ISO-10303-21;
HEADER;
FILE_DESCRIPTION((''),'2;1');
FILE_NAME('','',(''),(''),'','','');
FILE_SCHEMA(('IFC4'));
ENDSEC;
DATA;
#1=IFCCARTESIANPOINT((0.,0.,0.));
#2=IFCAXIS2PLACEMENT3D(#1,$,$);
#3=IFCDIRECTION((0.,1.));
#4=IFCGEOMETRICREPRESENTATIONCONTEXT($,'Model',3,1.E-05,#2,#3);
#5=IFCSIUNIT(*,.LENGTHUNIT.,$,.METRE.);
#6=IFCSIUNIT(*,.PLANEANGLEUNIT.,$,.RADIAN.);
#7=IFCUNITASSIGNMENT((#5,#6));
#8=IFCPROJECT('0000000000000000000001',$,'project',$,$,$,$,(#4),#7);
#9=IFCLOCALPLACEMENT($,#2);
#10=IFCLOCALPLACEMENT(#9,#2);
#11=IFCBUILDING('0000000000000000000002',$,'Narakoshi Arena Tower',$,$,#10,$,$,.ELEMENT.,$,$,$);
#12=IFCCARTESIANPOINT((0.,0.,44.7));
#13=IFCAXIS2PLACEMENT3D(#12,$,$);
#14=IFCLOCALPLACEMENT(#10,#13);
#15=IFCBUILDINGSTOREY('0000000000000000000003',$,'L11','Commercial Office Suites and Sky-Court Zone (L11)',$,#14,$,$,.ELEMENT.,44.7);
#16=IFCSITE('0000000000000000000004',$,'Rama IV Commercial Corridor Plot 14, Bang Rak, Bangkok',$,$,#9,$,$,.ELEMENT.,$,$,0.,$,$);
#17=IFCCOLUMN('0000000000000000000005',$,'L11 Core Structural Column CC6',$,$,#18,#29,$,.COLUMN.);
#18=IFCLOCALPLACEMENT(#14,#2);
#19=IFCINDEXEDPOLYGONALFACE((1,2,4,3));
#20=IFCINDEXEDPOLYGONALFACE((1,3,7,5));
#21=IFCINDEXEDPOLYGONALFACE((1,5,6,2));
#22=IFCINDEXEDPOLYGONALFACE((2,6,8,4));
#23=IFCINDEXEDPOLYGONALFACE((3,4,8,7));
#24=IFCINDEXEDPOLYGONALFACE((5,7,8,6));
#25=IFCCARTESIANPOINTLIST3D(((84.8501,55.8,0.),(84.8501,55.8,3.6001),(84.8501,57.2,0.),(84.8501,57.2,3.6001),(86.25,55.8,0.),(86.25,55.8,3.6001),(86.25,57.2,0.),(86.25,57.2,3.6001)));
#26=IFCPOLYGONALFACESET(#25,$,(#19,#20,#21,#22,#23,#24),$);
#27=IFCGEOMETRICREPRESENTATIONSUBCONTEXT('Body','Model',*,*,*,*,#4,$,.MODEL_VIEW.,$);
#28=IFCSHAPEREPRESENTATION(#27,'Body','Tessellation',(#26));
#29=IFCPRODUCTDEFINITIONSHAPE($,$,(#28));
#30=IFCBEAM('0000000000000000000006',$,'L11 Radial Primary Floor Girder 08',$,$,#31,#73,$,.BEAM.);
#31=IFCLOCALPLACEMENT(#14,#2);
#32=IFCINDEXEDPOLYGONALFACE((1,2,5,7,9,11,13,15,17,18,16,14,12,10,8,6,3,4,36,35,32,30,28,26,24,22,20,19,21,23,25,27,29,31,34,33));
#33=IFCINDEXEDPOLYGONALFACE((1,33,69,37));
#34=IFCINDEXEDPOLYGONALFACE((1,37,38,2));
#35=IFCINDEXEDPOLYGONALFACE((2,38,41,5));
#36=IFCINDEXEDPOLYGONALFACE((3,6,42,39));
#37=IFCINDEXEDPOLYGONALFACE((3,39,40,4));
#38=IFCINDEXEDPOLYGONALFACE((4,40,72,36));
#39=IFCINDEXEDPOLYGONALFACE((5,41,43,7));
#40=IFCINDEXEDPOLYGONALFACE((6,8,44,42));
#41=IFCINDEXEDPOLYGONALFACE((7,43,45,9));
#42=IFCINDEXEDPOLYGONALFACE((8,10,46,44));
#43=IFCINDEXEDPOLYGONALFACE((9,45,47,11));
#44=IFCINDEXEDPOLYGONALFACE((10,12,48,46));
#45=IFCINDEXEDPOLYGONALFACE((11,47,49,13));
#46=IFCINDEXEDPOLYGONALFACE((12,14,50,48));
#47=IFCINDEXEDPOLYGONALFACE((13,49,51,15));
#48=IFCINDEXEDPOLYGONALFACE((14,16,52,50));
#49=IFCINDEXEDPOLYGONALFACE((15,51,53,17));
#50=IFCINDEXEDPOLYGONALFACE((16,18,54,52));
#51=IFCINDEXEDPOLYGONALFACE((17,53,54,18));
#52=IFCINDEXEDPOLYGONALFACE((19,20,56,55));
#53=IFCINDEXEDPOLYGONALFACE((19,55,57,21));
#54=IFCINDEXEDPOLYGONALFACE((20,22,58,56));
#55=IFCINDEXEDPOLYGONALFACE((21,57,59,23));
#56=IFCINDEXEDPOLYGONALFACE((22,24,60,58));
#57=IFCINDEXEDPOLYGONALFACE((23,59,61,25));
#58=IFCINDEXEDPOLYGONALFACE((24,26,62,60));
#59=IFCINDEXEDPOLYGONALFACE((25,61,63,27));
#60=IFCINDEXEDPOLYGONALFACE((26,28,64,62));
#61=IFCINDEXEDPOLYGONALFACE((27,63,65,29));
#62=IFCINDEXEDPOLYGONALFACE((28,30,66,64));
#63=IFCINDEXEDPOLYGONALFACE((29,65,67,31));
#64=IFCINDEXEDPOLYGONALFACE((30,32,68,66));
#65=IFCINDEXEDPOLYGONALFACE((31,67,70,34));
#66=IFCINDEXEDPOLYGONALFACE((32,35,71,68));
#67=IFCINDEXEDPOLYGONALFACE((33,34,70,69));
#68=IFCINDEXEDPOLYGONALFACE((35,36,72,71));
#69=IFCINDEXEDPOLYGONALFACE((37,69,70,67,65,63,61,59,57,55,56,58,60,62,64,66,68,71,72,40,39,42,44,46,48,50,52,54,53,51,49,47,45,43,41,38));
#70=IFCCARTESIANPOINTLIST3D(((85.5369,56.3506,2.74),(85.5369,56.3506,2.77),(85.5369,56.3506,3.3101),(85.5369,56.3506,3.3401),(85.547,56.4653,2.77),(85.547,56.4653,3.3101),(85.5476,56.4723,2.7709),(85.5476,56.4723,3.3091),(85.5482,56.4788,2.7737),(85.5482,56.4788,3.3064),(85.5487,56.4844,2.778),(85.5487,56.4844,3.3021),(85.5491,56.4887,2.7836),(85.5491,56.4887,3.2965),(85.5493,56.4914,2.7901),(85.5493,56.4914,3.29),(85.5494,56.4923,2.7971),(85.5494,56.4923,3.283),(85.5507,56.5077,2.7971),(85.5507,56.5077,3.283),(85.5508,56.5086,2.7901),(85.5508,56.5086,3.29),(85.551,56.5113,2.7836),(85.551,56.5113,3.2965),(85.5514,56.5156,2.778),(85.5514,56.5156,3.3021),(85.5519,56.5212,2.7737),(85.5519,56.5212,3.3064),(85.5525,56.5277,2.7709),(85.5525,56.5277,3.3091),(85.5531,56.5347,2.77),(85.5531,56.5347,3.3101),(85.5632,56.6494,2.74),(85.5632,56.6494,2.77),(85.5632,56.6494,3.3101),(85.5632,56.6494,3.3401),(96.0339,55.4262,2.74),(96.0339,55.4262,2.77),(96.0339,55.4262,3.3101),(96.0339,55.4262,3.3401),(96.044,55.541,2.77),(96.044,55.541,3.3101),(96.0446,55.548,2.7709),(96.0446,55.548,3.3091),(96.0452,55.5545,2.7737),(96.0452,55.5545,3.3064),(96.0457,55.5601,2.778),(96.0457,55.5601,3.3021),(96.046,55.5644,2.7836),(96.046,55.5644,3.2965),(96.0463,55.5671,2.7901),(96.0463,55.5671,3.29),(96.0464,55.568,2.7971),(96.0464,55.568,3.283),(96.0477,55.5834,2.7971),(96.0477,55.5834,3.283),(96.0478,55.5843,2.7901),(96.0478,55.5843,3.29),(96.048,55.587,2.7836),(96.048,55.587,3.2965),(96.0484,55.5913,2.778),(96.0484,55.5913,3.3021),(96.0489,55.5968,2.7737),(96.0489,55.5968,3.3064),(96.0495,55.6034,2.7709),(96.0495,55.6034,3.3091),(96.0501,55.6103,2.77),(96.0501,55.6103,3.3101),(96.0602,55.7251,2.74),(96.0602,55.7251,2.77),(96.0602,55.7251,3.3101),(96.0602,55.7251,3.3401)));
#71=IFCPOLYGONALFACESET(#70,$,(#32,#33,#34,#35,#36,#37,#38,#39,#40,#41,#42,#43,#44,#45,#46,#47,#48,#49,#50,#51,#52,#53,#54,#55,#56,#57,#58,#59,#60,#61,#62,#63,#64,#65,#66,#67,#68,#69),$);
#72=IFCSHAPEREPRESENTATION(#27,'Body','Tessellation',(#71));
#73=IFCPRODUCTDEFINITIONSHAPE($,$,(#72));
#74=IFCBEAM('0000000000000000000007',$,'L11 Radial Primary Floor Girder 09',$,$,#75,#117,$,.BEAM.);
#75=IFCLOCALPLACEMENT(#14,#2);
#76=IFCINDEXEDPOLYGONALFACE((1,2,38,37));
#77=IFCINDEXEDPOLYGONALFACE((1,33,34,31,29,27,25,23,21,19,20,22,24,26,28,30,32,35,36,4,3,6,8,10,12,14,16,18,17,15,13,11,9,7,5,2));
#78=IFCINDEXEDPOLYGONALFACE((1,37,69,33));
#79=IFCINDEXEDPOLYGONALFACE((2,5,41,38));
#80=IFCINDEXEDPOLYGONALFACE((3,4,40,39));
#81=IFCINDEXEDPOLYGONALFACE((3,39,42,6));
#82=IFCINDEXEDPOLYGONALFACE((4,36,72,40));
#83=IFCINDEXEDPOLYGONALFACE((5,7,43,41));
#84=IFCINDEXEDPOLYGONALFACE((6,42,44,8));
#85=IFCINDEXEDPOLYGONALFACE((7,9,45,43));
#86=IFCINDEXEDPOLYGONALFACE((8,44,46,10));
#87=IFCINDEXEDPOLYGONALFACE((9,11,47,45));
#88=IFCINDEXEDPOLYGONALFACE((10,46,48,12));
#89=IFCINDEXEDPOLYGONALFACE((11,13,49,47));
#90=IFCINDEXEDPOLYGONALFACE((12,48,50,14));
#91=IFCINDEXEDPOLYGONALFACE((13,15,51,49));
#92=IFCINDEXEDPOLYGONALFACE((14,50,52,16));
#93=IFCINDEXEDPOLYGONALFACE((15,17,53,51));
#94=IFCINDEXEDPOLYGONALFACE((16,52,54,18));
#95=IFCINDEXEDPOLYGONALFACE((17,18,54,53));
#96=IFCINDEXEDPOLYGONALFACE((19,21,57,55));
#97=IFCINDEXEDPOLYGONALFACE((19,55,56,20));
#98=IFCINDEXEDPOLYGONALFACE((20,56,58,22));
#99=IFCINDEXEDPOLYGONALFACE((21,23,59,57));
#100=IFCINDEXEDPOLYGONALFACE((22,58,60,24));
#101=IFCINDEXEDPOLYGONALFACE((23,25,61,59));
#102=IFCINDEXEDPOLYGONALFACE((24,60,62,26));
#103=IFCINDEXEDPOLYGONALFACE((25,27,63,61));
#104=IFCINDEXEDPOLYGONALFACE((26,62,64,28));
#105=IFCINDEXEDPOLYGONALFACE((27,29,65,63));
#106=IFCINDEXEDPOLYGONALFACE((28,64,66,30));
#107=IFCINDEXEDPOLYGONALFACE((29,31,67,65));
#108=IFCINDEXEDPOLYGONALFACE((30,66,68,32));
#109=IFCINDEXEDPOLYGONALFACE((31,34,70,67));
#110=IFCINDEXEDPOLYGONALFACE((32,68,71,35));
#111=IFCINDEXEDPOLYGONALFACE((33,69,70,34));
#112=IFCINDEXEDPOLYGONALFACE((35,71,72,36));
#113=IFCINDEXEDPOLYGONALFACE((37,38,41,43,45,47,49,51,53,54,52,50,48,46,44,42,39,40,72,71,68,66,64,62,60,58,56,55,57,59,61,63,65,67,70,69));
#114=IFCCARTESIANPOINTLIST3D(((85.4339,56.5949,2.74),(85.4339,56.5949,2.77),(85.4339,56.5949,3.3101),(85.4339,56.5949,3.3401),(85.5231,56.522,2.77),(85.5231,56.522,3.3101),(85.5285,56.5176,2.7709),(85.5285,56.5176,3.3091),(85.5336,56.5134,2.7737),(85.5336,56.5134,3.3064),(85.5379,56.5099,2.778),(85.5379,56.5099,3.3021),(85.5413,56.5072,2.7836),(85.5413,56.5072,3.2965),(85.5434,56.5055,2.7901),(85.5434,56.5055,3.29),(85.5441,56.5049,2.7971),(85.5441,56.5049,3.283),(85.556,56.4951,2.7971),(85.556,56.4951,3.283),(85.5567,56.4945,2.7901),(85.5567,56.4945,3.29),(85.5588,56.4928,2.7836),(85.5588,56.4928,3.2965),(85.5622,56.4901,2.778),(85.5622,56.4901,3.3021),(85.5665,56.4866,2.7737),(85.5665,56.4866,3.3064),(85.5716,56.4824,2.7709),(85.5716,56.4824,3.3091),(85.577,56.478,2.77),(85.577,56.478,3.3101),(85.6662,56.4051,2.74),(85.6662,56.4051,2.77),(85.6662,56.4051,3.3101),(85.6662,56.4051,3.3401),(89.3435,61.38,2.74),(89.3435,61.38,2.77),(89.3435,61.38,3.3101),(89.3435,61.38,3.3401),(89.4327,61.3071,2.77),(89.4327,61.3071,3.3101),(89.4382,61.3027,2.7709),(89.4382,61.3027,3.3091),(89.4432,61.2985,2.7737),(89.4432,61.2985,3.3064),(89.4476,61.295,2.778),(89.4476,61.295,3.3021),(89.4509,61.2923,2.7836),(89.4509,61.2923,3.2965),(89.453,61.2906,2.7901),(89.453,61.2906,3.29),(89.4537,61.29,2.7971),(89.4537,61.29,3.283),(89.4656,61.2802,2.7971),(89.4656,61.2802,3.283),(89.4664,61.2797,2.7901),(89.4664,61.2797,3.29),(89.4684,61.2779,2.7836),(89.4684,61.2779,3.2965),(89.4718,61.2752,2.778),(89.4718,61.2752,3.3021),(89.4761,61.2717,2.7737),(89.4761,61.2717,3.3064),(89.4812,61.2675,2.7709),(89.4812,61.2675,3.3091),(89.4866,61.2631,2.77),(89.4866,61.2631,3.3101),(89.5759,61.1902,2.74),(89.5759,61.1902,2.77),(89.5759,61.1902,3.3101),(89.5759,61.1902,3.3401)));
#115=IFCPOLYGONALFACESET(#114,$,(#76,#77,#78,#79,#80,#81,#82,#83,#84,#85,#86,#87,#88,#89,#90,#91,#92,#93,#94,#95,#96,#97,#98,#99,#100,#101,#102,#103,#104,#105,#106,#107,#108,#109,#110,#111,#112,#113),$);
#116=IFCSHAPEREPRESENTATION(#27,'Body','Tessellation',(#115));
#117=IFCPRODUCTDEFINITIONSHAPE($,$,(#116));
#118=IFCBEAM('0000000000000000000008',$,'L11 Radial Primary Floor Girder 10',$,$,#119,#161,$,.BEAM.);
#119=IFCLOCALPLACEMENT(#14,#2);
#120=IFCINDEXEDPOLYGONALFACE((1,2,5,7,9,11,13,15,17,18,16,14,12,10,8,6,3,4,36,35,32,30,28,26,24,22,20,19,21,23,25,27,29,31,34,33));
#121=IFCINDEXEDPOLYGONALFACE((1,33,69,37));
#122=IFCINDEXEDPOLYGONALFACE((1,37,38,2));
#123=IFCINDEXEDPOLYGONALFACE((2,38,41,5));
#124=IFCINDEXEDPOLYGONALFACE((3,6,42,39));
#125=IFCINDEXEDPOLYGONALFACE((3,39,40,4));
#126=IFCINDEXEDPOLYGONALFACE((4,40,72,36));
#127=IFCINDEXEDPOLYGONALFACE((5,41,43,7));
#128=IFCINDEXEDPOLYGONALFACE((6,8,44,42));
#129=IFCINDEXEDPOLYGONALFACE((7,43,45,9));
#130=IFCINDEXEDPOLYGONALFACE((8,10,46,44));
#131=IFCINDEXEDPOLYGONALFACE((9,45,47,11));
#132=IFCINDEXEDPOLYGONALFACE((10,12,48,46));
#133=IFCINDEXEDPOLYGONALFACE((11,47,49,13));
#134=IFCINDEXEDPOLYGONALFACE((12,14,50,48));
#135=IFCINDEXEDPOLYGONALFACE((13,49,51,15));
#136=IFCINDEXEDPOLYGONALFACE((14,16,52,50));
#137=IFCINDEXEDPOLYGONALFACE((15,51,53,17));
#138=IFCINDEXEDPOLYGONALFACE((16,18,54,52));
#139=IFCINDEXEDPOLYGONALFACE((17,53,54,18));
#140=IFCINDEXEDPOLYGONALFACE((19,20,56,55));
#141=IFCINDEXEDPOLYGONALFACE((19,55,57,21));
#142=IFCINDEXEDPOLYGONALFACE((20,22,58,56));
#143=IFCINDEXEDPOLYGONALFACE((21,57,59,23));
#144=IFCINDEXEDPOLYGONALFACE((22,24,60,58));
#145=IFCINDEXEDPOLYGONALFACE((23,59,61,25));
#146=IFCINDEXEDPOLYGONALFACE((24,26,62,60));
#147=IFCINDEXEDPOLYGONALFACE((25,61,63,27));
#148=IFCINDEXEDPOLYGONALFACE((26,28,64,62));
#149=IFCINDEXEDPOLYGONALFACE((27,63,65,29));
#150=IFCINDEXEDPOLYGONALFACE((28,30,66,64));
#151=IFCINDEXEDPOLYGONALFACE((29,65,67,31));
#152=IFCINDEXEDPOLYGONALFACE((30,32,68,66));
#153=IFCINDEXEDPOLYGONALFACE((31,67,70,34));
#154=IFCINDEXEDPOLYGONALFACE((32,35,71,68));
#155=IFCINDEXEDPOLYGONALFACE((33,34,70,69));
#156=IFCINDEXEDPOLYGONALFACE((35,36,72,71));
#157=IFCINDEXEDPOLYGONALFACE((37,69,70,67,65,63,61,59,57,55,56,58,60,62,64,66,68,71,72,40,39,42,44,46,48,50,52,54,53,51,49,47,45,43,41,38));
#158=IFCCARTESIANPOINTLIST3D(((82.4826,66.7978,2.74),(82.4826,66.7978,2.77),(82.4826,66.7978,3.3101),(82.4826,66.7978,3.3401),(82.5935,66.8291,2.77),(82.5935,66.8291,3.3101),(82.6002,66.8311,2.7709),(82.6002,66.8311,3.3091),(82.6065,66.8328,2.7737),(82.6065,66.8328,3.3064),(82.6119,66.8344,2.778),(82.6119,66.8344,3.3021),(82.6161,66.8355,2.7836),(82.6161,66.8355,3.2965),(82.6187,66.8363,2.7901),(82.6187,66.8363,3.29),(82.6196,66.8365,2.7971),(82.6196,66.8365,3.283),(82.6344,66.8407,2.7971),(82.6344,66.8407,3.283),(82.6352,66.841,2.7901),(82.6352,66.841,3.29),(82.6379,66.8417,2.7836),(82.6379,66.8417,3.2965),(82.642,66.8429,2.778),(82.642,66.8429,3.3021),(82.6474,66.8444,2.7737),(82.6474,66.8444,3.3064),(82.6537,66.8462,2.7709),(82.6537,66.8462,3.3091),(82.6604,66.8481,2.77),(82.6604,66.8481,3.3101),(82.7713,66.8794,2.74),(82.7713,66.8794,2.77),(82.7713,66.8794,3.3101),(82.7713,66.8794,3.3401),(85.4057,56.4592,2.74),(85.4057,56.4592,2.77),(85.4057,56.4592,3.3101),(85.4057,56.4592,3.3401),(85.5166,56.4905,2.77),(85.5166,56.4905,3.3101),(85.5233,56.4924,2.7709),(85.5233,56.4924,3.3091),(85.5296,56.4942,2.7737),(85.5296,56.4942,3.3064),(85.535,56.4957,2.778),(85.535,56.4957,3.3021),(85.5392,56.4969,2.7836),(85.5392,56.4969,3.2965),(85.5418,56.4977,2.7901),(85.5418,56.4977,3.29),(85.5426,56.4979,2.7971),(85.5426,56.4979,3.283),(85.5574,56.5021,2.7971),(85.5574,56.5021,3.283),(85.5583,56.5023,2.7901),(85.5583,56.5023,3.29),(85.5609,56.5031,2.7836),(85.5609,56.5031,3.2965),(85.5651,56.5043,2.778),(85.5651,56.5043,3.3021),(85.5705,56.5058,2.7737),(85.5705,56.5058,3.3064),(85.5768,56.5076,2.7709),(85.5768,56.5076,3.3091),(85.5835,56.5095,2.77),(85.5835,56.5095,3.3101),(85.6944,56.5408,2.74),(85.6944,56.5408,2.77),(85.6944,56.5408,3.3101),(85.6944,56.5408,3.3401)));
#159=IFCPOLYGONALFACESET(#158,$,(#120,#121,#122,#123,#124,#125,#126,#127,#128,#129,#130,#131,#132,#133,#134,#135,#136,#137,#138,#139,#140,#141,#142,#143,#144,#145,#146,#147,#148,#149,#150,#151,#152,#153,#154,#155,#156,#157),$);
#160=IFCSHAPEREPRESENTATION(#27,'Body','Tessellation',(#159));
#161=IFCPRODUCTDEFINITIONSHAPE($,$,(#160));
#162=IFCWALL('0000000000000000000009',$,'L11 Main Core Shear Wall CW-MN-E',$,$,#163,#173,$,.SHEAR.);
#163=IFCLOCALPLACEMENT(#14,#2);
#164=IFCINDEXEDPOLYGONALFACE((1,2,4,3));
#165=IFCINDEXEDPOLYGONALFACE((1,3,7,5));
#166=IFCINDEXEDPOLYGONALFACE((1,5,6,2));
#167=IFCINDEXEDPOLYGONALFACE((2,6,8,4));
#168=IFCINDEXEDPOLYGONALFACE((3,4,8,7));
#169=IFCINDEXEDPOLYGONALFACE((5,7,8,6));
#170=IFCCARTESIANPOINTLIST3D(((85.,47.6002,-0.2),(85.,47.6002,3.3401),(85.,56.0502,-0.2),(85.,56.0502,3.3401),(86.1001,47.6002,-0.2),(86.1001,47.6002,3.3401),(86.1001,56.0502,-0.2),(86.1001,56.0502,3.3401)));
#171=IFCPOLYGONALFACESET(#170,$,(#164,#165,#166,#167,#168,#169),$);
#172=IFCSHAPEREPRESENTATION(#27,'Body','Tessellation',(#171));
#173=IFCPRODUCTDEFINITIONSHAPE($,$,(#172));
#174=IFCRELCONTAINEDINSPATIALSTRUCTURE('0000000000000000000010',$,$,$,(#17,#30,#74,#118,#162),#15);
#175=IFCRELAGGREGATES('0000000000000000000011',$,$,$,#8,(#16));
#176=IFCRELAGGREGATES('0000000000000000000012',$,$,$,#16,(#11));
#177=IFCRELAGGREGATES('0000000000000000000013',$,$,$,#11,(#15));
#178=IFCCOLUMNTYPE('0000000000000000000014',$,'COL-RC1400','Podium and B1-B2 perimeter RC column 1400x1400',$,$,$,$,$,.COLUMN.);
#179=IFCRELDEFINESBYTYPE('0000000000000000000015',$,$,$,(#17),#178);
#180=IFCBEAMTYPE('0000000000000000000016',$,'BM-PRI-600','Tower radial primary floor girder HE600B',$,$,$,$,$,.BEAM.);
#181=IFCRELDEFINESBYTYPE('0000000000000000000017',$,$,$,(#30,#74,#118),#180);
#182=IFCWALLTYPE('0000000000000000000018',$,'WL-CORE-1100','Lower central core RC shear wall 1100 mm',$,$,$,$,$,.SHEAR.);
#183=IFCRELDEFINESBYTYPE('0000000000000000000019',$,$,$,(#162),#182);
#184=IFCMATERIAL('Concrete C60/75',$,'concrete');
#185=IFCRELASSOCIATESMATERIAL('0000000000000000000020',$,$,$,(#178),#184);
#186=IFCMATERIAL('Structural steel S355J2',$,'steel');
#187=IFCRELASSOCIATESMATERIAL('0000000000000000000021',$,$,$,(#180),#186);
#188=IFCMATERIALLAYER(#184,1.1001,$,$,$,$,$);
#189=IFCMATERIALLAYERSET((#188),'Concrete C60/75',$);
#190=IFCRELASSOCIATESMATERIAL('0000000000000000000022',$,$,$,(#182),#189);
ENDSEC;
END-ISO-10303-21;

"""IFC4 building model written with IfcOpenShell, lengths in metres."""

from ifc_helpers import new_model, si_unit, direction, frame, frame_2d, origin, origin_2d, place, context, subcontext, project, spatial, rectangle, i_section, extrude, material, layer, layer_set, material_profile, profile_set, type_object, element, save


model = new_model("IFC4")

# Units and contexts
model_context = context("Model", 3, precision=1e-05, world=origin(), true_north=direction((0.0, 1.0)))
body_context = subcontext(model_context, "Body", "Model", "MODEL_VIEW")
ifc_project = project(units=[si_unit("LENGTHUNIT", "METRE"), si_unit("PLANEANGLEUNIT", "RADIAN")], contexts=[model_context])

# Site, building, storey
site_placement = place(None, origin())
site = spatial("IfcSite", under=ifc_project, at=site_placement, Name="Rama IV Commercial Corridor Plot 14, Bang Rak, Bangkok", CompositionType="ELEMENT", RefElevation=0.0)
building_placement = place(site_placement, origin())
building = spatial("IfcBuilding", under=site, at=building_placement, Name="Narakoshi Arena Tower", CompositionType="ELEMENT")
storey_placement = place(building_placement, frame((0.0, 0.0, 44.7)))
storey = spatial("IfcBuildingStorey", under=building, at=storey_placement, Name="L11", Description="Commercial Office Suites and Sky-Court Zone (L11)", CompositionType="ELEMENT", Elevation=44.7)

# Column
ifc_material_1 = material(Name="Concrete C60/75", Category="concrete")
ifc_material_profile_1 = material_profile(ifc_material_1, rectangle(XDim=1.3999, YDim=1.3999, at=origin_2d()), Name="RC1400x1400")
ifc_profile_set_1 = profile_set([ifc_material_profile_1], Name="Concrete C60/75")
column_type = type_object("IfcColumnType", Name="COL-RC1400", Description="Podium and B1-B2 perimeter RC column 1400x1400", PredefinedType="COLUMN", material=ifc_profile_set_1)
column_placement = place(storey_placement, frame((85.55, 56.5, 0.0), z_axis=(0.0, 0.0, 1.0), x_axis=(1.0, 0.0, 0.0)))
element("IfcColumn", 1, at=column_placement, inside=storey, type_object=column_type, Name="L11 Core Structural Column CC6", PredefinedType="COLUMN", context=body_context, shape_type="SweptSolid", body=[
    extrude(rectangle(XDim=1.3999, YDim=1.3999, at=origin_2d()), origin(), (0.0, 0.0, 1.0), 3.6001),
])

# Beams
ifc_material_2 = material(Name="Structural steel S355J2", Category="steel")
ifc_material_profile_2 = material_profile(ifc_material_2, i_section(OverallWidth=0.3, OverallDepth=0.6001, WebThickness=0.0154, FlangeThickness=0.03, FilletRadius=0.0271, at=origin_2d()), Name="HE600B")
ifc_profile_set_2 = profile_set([ifc_material_profile_2], Name="Structural steel S355J2")
beam_type = type_object("IfcBeamType", Name="BM-PRI-600", Description="Tower radial primary floor girder HE600B", PredefinedType="BEAM", material=ifc_profile_set_2)
beam_1_placement = place(storey_placement, frame((85.55, 56.5, 3.04), z_axis=(0.996146, -0.087715, 0.0), x_axis=(0.087715, 0.996146, 0.0)))
element("IfcBeam", 2, at=beam_1_placement, inside=storey, type_object=beam_type, Name="L11 Radial Primary Floor Girder 08", PredefinedType="BEAM", context=body_context, shape_type="SweptSolid", body=[
    extrude(i_section(OverallWidth=0.3, OverallDepth=0.6001, WebThickness=0.0154, FlangeThickness=0.03, FilletRadius=0.0271, at=origin_2d()), origin(), (0.0, 0.0, 1.0), 10.5376),
])
beam_2_placement = place(storey_placement, frame((85.55, 56.5, 3.04), z_axis=(0.632708, 0.77439, 0.0), x_axis=(-0.77439, 0.632708, 0.0)))
element("IfcBeam", 3, at=beam_2_placement, inside=storey, type_object=beam_type, Name="L11 Radial Primary Floor Girder 09", PredefinedType="BEAM", context=body_context, shape_type="SweptSolid", body=[
    extrude(i_section(OverallWidth=0.3, OverallDepth=0.6001, WebThickness=0.0154, FlangeThickness=0.03, FilletRadius=0.0271, at=origin_2d()), origin(), (0.0, 0.0, 1.0), 6.1792),
])
beam_3_placement = place(storey_placement, frame((85.55, 56.5, 3.04), z_axis=(-0.27207, 0.962277, 0.0), x_axis=(-0.962277, -0.27207, 0.0)))
element("IfcBeam", 4, at=beam_3_placement, inside=storey, type_object=beam_type, Name="L11 Radial Primary Floor Girder 10", PredefinedType="BEAM", context=body_context, shape_type="SweptSolid", body=[
    extrude(i_section(OverallWidth=0.3, OverallDepth=0.6001, WebThickness=0.0154, FlangeThickness=0.03, FilletRadius=0.0271, at=origin_2d()), origin(), (0.0, 0.0, 1.0), 10.7439),
])

# Wall
ifc_layer_1 = layer(ifc_material_1, 1.1001)
ifc_layer_set_1 = layer_set([ifc_layer_1], Name="Concrete C60/75")
wall_type_1 = type_object("IfcWallType", Name="WL-CORE-1100", Description="Lower central core RC shear wall 1100 mm", PredefinedType="SHEAR", material=ifc_layer_set_1)
wall_1_placement = place(storey_placement, frame((85.55, 47.6001, -0.2), z_axis=(0.0, 0.0, 1.0), x_axis=(0.0, 1.0, 0.0)))
element("IfcWall", 5, at=wall_1_placement, inside=storey, type_object=wall_type_1, Name="L11 Main Core Shear Wall CW-MN-E", PredefinedType="SHEAR", context=body_context, shape_type="SweptSolid", body=[
    extrude(rectangle(XDim=8.45, YDim=1.1001, at=frame_2d((4.2251, 0.0))), origin(), (0.0, 0.0, 1.0), 3.54),
])

save(model, "model.ifc")
